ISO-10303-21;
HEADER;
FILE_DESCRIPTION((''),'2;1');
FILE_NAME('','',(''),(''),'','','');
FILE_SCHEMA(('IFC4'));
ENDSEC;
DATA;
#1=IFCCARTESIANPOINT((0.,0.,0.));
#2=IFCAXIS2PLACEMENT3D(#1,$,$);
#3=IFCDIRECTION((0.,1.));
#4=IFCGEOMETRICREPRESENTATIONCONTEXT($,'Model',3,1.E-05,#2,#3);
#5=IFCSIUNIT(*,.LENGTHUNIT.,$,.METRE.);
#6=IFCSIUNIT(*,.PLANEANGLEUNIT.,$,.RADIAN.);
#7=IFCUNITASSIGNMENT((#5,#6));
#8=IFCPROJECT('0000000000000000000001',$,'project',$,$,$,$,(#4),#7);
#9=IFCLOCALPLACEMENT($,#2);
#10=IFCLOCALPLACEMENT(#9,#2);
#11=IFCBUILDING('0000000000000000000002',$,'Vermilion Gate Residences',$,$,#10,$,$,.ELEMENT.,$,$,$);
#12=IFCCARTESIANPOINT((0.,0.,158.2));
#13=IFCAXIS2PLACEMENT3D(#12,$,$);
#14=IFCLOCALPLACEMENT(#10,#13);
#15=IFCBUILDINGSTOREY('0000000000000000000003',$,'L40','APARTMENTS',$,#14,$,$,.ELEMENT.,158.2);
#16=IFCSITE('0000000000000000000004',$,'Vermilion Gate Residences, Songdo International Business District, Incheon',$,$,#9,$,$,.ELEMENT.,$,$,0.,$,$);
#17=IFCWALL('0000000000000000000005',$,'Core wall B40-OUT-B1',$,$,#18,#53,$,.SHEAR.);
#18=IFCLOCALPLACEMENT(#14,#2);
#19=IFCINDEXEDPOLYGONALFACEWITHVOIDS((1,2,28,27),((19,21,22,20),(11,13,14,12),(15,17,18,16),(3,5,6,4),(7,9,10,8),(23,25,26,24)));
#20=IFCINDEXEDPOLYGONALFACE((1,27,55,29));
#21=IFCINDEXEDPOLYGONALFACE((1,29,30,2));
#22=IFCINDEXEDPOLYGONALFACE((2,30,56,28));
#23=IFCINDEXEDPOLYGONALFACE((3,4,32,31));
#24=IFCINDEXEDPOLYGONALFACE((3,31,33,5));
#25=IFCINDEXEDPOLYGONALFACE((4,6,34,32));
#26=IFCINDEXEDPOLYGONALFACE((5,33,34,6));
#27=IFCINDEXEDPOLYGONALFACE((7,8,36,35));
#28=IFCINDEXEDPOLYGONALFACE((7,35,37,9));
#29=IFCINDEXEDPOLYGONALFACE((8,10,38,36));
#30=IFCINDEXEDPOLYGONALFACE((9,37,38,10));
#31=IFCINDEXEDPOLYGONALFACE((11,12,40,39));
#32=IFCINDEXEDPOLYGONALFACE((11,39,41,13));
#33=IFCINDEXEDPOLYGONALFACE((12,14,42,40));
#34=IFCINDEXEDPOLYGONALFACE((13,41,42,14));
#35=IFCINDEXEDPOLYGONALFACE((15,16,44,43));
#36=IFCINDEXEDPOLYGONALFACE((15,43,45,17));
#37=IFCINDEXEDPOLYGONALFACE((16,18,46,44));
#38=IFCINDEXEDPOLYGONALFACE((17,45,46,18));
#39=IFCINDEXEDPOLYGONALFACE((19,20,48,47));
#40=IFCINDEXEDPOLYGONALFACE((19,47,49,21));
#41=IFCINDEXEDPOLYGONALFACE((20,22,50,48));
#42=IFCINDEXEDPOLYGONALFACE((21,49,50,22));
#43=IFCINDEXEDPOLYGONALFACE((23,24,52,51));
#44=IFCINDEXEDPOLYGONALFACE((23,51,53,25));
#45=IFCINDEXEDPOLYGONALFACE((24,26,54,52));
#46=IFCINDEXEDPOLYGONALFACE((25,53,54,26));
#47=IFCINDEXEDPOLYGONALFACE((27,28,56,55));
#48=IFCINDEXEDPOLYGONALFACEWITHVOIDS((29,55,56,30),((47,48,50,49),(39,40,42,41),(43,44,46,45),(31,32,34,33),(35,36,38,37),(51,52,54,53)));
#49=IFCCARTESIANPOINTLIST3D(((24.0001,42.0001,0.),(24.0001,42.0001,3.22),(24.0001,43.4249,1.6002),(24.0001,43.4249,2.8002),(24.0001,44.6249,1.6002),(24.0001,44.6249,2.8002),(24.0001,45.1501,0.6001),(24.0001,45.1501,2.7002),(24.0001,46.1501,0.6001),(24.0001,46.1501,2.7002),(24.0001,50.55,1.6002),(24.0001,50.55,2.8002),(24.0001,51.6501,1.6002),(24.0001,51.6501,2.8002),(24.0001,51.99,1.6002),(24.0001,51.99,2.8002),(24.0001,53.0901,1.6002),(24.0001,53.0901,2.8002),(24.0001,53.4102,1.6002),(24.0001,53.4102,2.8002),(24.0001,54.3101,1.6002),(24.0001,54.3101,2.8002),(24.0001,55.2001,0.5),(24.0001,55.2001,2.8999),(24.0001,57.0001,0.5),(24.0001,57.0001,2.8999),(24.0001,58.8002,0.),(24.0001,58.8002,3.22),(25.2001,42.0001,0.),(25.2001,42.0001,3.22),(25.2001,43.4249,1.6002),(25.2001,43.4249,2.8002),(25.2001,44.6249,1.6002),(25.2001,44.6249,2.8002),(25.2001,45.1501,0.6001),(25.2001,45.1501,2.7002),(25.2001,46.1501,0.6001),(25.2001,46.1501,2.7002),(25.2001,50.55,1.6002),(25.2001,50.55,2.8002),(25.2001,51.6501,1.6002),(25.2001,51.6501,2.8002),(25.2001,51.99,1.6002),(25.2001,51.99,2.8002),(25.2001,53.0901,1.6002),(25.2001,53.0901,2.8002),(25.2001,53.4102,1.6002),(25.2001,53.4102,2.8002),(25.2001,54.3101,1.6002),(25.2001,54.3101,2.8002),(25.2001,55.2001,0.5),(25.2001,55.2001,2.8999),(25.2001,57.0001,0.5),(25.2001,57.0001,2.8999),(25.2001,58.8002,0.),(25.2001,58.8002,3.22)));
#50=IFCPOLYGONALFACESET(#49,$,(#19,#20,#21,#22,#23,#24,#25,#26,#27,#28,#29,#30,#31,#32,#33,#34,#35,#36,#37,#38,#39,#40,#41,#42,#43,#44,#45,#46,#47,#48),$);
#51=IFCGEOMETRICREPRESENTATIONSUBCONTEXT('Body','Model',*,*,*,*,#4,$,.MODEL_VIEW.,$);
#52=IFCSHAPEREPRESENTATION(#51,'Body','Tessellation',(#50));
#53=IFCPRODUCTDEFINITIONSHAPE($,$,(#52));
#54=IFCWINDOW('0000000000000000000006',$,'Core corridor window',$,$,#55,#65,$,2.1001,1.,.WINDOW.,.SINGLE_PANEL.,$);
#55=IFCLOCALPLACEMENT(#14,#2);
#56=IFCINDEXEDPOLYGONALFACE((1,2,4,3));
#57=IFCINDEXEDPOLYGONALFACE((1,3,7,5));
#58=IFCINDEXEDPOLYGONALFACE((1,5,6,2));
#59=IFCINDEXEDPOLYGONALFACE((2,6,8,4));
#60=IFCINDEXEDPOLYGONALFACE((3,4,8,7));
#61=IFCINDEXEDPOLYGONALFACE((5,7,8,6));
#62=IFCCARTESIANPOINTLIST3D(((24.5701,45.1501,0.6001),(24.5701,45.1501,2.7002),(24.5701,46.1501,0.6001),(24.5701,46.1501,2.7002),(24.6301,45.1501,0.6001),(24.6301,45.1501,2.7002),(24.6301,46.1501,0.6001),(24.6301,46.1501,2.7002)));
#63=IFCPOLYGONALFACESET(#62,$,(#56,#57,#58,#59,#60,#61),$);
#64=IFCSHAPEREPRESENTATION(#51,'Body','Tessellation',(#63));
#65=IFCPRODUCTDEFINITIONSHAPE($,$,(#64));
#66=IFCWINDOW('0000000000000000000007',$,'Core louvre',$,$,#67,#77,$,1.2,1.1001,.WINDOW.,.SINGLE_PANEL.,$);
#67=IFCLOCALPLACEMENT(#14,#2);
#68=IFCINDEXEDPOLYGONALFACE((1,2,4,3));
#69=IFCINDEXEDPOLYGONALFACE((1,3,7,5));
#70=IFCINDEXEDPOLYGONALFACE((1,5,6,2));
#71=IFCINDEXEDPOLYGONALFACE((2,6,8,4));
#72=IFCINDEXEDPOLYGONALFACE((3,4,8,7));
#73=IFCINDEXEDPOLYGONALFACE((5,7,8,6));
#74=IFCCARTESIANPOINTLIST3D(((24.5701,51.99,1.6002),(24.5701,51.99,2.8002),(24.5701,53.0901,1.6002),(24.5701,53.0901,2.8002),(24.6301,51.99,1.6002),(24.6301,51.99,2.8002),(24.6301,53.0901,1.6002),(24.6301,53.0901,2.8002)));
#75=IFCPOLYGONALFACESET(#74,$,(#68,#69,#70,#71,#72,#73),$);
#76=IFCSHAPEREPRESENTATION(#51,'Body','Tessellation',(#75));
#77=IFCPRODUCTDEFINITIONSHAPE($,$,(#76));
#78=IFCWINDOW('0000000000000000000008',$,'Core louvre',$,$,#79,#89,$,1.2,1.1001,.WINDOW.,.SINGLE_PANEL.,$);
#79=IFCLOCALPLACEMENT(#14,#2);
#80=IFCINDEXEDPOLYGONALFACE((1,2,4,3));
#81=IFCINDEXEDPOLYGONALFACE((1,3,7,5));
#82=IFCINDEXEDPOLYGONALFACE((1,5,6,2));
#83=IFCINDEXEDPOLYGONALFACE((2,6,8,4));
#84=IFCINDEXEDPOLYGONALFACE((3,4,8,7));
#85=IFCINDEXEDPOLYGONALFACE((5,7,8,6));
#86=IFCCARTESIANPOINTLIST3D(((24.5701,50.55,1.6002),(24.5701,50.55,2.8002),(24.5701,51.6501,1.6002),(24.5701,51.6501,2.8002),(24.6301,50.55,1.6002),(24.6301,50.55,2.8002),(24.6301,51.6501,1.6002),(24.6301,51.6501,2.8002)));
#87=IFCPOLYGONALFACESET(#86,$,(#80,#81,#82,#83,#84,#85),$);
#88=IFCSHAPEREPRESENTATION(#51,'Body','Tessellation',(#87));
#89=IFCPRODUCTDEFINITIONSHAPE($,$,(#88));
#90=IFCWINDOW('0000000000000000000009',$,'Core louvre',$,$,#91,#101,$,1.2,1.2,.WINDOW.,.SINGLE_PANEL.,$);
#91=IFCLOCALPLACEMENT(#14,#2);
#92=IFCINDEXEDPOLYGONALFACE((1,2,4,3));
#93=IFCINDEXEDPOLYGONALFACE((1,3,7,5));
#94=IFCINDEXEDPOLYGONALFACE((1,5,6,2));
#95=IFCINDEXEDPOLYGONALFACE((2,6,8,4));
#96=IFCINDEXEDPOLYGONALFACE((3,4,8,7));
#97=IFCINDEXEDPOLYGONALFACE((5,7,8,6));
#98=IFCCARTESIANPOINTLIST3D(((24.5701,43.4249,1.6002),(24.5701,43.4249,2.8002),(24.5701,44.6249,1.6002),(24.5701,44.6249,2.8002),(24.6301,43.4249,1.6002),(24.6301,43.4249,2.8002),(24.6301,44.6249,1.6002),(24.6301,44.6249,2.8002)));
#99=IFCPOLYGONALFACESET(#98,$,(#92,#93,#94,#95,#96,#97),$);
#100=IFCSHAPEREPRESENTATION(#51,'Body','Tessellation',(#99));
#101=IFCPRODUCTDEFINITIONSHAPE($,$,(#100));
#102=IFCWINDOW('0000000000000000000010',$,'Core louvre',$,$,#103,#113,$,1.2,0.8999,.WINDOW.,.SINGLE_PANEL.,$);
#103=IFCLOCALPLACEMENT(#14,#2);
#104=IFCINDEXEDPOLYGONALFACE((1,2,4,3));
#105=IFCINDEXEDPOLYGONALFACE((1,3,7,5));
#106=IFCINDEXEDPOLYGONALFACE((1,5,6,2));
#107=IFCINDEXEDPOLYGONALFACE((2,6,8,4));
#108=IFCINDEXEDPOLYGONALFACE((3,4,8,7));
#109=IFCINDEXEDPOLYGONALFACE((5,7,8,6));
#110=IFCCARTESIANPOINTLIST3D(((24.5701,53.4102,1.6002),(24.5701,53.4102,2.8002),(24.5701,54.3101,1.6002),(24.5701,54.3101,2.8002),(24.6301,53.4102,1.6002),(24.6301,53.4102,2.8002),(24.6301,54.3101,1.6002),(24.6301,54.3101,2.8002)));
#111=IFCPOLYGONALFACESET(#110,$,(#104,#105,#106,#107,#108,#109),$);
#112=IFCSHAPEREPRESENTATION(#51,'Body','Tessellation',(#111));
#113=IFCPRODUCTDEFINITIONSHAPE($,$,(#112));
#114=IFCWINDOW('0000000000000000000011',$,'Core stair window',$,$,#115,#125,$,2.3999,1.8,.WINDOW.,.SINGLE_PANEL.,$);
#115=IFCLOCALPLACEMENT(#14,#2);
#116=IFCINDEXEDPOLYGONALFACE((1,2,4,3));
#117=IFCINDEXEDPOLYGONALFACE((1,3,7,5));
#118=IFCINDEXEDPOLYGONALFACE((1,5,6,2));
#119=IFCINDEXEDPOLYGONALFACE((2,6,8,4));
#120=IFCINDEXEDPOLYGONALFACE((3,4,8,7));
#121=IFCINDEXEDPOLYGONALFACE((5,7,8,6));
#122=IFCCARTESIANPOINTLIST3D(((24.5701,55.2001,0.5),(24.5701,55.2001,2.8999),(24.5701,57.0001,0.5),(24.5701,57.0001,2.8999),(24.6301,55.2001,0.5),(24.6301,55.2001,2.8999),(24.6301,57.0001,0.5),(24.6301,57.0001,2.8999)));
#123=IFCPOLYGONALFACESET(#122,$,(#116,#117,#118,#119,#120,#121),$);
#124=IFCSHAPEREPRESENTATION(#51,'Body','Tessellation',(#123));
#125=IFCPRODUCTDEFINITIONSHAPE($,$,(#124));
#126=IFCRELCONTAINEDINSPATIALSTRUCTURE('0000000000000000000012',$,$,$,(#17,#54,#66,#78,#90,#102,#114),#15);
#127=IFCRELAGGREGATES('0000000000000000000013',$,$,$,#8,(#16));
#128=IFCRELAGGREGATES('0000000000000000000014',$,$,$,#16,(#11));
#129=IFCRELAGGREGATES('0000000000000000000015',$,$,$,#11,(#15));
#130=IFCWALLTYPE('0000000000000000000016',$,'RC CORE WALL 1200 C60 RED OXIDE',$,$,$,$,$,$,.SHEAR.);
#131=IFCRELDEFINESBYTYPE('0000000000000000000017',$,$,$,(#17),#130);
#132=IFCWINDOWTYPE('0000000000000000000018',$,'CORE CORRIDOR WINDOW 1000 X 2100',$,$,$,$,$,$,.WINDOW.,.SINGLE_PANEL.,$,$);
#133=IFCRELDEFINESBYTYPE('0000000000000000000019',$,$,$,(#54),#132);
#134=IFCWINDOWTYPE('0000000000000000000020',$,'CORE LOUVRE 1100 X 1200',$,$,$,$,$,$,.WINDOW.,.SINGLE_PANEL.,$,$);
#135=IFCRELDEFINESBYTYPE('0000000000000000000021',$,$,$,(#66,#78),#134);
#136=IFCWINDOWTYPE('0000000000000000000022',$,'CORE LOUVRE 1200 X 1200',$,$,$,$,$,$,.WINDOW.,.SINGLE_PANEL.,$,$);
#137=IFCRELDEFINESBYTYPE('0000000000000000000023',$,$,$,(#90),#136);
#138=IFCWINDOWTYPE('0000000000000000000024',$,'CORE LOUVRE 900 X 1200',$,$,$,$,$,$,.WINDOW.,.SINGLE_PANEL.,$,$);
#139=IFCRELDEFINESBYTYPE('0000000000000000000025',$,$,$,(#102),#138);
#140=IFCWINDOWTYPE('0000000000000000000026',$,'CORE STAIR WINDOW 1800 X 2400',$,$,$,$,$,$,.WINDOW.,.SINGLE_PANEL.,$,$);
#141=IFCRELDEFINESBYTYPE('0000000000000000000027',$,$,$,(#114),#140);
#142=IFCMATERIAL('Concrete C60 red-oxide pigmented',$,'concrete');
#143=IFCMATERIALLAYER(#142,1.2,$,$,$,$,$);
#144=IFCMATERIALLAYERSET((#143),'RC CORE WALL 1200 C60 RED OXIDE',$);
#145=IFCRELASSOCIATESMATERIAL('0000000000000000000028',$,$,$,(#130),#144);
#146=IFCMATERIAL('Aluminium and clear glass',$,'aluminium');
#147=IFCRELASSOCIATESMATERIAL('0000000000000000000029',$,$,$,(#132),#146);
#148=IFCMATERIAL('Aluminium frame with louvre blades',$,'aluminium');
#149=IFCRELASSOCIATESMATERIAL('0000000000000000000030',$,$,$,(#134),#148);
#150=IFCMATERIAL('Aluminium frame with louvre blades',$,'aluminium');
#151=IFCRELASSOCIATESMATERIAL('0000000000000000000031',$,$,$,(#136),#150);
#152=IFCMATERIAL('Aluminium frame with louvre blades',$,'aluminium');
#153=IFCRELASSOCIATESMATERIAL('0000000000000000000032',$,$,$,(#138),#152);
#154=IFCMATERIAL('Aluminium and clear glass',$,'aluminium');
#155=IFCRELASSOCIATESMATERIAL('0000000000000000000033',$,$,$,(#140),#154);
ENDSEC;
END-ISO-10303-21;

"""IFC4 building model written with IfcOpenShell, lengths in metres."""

from ifc_helpers import new_model, si_unit, direction, frame, frame_2d, origin, place, context, subcontext, project, spatial, rectangle, extrude, material, layer, layer_set, type_object, element, fill, save


model = new_model("IFC4")

# Units and contexts
model_context = context("Model", 3, precision=1e-05, world=origin(), true_north=direction((0.0, 1.0)))
body_context = subcontext(model_context, "Body", "Model", "MODEL_VIEW")
ifc_project = project(units=[si_unit("LENGTHUNIT", "METRE"), si_unit("PLANEANGLEUNIT", "RADIAN")], contexts=[model_context])

# Site, building, storey
site_placement = place(None, origin())
site = spatial("IfcSite", under=ifc_project, at=site_placement, Name="Vermilion Gate Residences, Songdo International Business District, Incheon", CompositionType="ELEMENT", RefElevation=0.0)
building_placement = place(site_placement, origin())
building = spatial("IfcBuilding", under=site, at=building_placement, Name="Vermilion Gate Residences", CompositionType="ELEMENT")
storey_placement = place(building_placement, frame((0.0, 0.0, 158.2)))
storey = spatial("IfcBuildingStorey", under=building, at=storey_placement, Name="L40", Description="APARTMENTS", CompositionType="ELEMENT", Elevation=158.2)

# Wall, openings, windows
ifc_material_1 = material(Name="Concrete C60 red-oxide pigmented", Category="concrete")
ifc_layer_1 = layer(ifc_material_1, 1.2)
ifc_layer_set_1 = layer_set([ifc_layer_1], Name="RC CORE WALL 1200 C60 RED OXIDE")
wall_type_1 = type_object("IfcWallType", Name="RC CORE WALL 1200 C60 RED OXIDE", PredefinedType="SHEAR", material=ifc_layer_set_1)
wall_1_placement = place(storey_placement, frame((24.6001, 58.8, 0.0), z_axis=(0.0, 0.0, 1.0), x_axis=(0.0, -1.0, 0.0)))
wall_1 = element("IfcWall", 1, at=wall_1_placement, inside=storey, type_object=wall_type_1, Name="Core wall B40-OUT-B1", PredefinedType="SHEAR", context=body_context, shape_type="SweptSolid", body=[
    extrude(rectangle(XDim=16.8, YDim=1.2, at=frame_2d((8.3999, 0.0))), origin(), (0.0, 0.0, 1.0), 3.22),
])
opening_1_placement = place(wall_1_placement, frame((1.8, 0.0, 0.5)))
opening_1 = element("IfcOpeningElement", 2, at=opening_1_placement, cuts=wall_1, PredefinedType="OPENING", context=body_context, shape_type="SweptSolid", body=[
    extrude(rectangle(XDim=1.8, YDim=2.3999, at=frame_2d((0.8999, 1.2))), frame((0.0, 0.6099, 0.0), z_axis=(0.0, -1.0, 0.0), x_axis=(1.0, 0.0, 0.0)), (0.0, 0.0, 1.0), 1.22),
])
opening_2_placement = place(wall_1_placement, frame((4.49, 0.0, 1.6001)))
opening_2 = element("IfcOpeningElement", 3, at=opening_2_placement, cuts=wall_1, PredefinedType="OPENING", context=body_context, shape_type="SweptSolid", body=[
    extrude(rectangle(XDim=0.8999, YDim=1.2, at=frame_2d((0.45, 0.6001))), frame((0.0, 0.6099, 0.0), z_axis=(0.0, -1.0, 0.0), x_axis=(1.0, 0.0, 0.0)), (0.0, 0.0, 1.0), 1.22),
])
opening_3_placement = place(wall_1_placement, frame((5.71, 0.0, 1.6001)))
opening_3 = element("IfcOpeningElement", 4, at=opening_3_placement, cuts=wall_1, PredefinedType="OPENING", context=body_context, shape_type="SweptSolid", body=[
    extrude(rectangle(XDim=1.1001, YDim=1.2, at=frame_2d((0.55, 0.6001))), frame((0.0, 0.6099, 0.0), z_axis=(0.0, -1.0, 0.0), x_axis=(1.0, 0.0, 0.0)), (0.0, 0.0, 1.0), 1.22),
])
opening_4_placement = place(wall_1_placement, frame((7.1499, 0.0, 1.6001)))
opening_4 = element("IfcOpeningElement", 5, at=opening_4_placement, cuts=wall_1, PredefinedType="OPENING", context=body_context, shape_type="SweptSolid", body=[
    extrude(rectangle(XDim=1.1001, YDim=1.2, at=frame_2d((0.55, 0.6001))), frame((0.0, 0.6099, 0.0), z_axis=(0.0, -1.0, 0.0), x_axis=(1.0, 0.0, 0.0)), (0.0, 0.0, 1.0), 1.22),
])
opening_5_placement = place(wall_1_placement, frame((12.6499, 0.0, 0.6001)))
opening_5 = element("IfcOpeningElement", 6, at=opening_5_placement, cuts=wall_1, PredefinedType="OPENING", context=body_context, shape_type="SweptSolid", body=[
    extrude(rectangle(XDim=1.0, YDim=2.1001, at=frame_2d((0.5, 1.05))), frame((0.0, 0.6099, 0.0), z_axis=(0.0, -1.0, 0.0), x_axis=(1.0, 0.0, 0.0)), (0.0, 0.0, 1.0), 1.22),
])
opening_6_placement = place(wall_1_placement, frame((14.175, 0.0, 1.6001)))
opening_6 = element("IfcOpeningElement", 7, at=opening_6_placement, cuts=wall_1, PredefinedType="OPENING", context=body_context, shape_type="SweptSolid", body=[
    extrude(rectangle(XDim=1.2, YDim=1.2, at=frame_2d((0.6001, 0.6001))), frame((0.0, 0.6099, 0.0), z_axis=(0.0, -1.0, 0.0), x_axis=(1.0, 0.0, 0.0)), (0.0, 0.0, 1.0), 1.22),
])
ifc_material_2 = material(Name="Aluminium and clear glass", Category="aluminium")
window_type_1 = type_object("IfcWindowType", Name="CORE CORRIDOR WINDOW 1000 X 2100", PartitioningType="SINGLE_PANEL", PredefinedType="WINDOW", material=ifc_material_2)
window_1_placement = place(opening_5_placement, origin())
window_1 = element("IfcWindow", 8, at=window_1_placement, inside=storey, type_object=window_type_1, Name="Core corridor window", OverallHeight=2.1001, OverallWidth=1.0, PartitioningType="SINGLE_PANEL", PredefinedType="WINDOW", context=body_context, shape_type="SweptSolid", body=[
    extrude(rectangle(XDim=1.0, YDim=2.1001, at=frame_2d((0.5, 1.05))), frame((0.0, 0.03, 0.0), z_axis=(0.0, -1.0, 0.0), x_axis=(1.0, 0.0, 0.0)), (0.0, 0.0, 1.0), 0.0601),
])
fill(opening_5, window_1)
ifc_material_3 = material(Name="Aluminium frame with louvre blades", Category="aluminium")
window_type_2 = type_object("IfcWindowType", Name="CORE LOUVRE 1100 X 1200", PartitioningType="SINGLE_PANEL", PredefinedType="WINDOW", material=ifc_material_3)
window_2_placement = place(opening_3_placement, origin())
window_2 = element("IfcWindow", 9, at=window_2_placement, inside=storey, type_object=window_type_2, Name="Core louvre", OverallHeight=1.2, OverallWidth=1.1001, PartitioningType="SINGLE_PANEL", PredefinedType="WINDOW", context=body_context, shape_type="SweptSolid", body=[
    extrude(rectangle(XDim=1.1001, YDim=1.2, at=frame_2d((0.55, 0.6001))), frame((0.0, 0.03, 0.0), z_axis=(0.0, -1.0, 0.0), x_axis=(1.0, 0.0, 0.0)), (0.0, 0.0, 1.0), 0.0601),
])
fill(opening_3, window_2)
window_3_placement = place(opening_4_placement, origin())
window_3 = element("IfcWindow", 10, at=window_3_placement, inside=storey, type_object=window_type_2, Name="Core louvre", OverallHeight=1.2, OverallWidth=1.1001, PartitioningType="SINGLE_PANEL", PredefinedType="WINDOW", context=body_context, shape_type="SweptSolid", body=[
    extrude(rectangle(XDim=1.1001, YDim=1.2, at=frame_2d((0.55, 0.6001))), frame((0.0, 0.03, 0.0), z_axis=(0.0, -1.0, 0.0), x_axis=(1.0, 0.0, 0.0)), (0.0, 0.0, 1.0), 0.0601),
])
fill(opening_4, window_3)
ifc_material_4 = material(Name="Aluminium frame with louvre blades", Category="aluminium")
window_type_3 = type_object("IfcWindowType", Name="CORE LOUVRE 1200 X 1200", PartitioningType="SINGLE_PANEL", PredefinedType="WINDOW", material=ifc_material_4)
window_4_placement = place(opening_6_placement, origin())
window_4 = element("IfcWindow", 11, at=window_4_placement, inside=storey, type_object=window_type_3, Name="Core louvre", OverallHeight=1.2, OverallWidth=1.2, PartitioningType="SINGLE_PANEL", PredefinedType="WINDOW", context=body_context, shape_type="SweptSolid", body=[
    extrude(rectangle(XDim=1.2, YDim=1.2, at=frame_2d((0.6001, 0.6001))), frame((0.0, 0.03, 0.0), z_axis=(0.0, -1.0, 0.0), x_axis=(1.0, 0.0, 0.0)), (0.0, 0.0, 1.0), 0.0601),
])
fill(opening_6, window_4)
ifc_material_5 = material(Name="Aluminium frame with louvre blades", Category="aluminium")
window_type_4 = type_object("IfcWindowType", Name="CORE LOUVRE 900 X 1200", PartitioningType="SINGLE_PANEL", PredefinedType="WINDOW", material=ifc_material_5)
window_5_placement = place(opening_2_placement, origin())
window_5 = element("IfcWindow", 12, at=window_5_placement, inside=storey, type_object=window_type_4, Name="Core louvre", OverallHeight=1.2, OverallWidth=0.8999, PartitioningType="SINGLE_PANEL", PredefinedType="WINDOW", context=body_context, shape_type="SweptSolid", body=[
    extrude(rectangle(XDim=0.8999, YDim=1.2, at=frame_2d((0.45, 0.6001))), frame((0.0, 0.03, 0.0), z_axis=(0.0, -1.0, 0.0), x_axis=(1.0, 0.0, 0.0)), (0.0, 0.0, 1.0), 0.0601),
])
fill(opening_2, window_5)
ifc_material_6 = material(Name="Aluminium and clear glass", Category="aluminium")
window_type_5 = type_object("IfcWindowType", Name="CORE STAIR WINDOW 1800 X 2400", PartitioningType="SINGLE_PANEL", PredefinedType="WINDOW", material=ifc_material_6)
window_6_placement = place(opening_1_placement, origin())
window_6 = element("IfcWindow", 13, at=window_6_placement, inside=storey, type_object=window_type_5, Name="Core stair window", OverallHeight=2.3999, OverallWidth=1.8, PartitioningType="SINGLE_PANEL", PredefinedType="WINDOW", context=body_context, shape_type="SweptSolid", body=[
    extrude(rectangle(XDim=1.8, YDim=2.3999, at=frame_2d((0.8999, 1.2))), frame((0.0, 0.03, 0.0), z_axis=(0.0, -1.0, 0.0), x_axis=(1.0, 0.0, 0.0)), (0.0, 0.0, 1.0), 0.0601),
])
fill(opening_1, window_6)

save(model, "model.ifc")
